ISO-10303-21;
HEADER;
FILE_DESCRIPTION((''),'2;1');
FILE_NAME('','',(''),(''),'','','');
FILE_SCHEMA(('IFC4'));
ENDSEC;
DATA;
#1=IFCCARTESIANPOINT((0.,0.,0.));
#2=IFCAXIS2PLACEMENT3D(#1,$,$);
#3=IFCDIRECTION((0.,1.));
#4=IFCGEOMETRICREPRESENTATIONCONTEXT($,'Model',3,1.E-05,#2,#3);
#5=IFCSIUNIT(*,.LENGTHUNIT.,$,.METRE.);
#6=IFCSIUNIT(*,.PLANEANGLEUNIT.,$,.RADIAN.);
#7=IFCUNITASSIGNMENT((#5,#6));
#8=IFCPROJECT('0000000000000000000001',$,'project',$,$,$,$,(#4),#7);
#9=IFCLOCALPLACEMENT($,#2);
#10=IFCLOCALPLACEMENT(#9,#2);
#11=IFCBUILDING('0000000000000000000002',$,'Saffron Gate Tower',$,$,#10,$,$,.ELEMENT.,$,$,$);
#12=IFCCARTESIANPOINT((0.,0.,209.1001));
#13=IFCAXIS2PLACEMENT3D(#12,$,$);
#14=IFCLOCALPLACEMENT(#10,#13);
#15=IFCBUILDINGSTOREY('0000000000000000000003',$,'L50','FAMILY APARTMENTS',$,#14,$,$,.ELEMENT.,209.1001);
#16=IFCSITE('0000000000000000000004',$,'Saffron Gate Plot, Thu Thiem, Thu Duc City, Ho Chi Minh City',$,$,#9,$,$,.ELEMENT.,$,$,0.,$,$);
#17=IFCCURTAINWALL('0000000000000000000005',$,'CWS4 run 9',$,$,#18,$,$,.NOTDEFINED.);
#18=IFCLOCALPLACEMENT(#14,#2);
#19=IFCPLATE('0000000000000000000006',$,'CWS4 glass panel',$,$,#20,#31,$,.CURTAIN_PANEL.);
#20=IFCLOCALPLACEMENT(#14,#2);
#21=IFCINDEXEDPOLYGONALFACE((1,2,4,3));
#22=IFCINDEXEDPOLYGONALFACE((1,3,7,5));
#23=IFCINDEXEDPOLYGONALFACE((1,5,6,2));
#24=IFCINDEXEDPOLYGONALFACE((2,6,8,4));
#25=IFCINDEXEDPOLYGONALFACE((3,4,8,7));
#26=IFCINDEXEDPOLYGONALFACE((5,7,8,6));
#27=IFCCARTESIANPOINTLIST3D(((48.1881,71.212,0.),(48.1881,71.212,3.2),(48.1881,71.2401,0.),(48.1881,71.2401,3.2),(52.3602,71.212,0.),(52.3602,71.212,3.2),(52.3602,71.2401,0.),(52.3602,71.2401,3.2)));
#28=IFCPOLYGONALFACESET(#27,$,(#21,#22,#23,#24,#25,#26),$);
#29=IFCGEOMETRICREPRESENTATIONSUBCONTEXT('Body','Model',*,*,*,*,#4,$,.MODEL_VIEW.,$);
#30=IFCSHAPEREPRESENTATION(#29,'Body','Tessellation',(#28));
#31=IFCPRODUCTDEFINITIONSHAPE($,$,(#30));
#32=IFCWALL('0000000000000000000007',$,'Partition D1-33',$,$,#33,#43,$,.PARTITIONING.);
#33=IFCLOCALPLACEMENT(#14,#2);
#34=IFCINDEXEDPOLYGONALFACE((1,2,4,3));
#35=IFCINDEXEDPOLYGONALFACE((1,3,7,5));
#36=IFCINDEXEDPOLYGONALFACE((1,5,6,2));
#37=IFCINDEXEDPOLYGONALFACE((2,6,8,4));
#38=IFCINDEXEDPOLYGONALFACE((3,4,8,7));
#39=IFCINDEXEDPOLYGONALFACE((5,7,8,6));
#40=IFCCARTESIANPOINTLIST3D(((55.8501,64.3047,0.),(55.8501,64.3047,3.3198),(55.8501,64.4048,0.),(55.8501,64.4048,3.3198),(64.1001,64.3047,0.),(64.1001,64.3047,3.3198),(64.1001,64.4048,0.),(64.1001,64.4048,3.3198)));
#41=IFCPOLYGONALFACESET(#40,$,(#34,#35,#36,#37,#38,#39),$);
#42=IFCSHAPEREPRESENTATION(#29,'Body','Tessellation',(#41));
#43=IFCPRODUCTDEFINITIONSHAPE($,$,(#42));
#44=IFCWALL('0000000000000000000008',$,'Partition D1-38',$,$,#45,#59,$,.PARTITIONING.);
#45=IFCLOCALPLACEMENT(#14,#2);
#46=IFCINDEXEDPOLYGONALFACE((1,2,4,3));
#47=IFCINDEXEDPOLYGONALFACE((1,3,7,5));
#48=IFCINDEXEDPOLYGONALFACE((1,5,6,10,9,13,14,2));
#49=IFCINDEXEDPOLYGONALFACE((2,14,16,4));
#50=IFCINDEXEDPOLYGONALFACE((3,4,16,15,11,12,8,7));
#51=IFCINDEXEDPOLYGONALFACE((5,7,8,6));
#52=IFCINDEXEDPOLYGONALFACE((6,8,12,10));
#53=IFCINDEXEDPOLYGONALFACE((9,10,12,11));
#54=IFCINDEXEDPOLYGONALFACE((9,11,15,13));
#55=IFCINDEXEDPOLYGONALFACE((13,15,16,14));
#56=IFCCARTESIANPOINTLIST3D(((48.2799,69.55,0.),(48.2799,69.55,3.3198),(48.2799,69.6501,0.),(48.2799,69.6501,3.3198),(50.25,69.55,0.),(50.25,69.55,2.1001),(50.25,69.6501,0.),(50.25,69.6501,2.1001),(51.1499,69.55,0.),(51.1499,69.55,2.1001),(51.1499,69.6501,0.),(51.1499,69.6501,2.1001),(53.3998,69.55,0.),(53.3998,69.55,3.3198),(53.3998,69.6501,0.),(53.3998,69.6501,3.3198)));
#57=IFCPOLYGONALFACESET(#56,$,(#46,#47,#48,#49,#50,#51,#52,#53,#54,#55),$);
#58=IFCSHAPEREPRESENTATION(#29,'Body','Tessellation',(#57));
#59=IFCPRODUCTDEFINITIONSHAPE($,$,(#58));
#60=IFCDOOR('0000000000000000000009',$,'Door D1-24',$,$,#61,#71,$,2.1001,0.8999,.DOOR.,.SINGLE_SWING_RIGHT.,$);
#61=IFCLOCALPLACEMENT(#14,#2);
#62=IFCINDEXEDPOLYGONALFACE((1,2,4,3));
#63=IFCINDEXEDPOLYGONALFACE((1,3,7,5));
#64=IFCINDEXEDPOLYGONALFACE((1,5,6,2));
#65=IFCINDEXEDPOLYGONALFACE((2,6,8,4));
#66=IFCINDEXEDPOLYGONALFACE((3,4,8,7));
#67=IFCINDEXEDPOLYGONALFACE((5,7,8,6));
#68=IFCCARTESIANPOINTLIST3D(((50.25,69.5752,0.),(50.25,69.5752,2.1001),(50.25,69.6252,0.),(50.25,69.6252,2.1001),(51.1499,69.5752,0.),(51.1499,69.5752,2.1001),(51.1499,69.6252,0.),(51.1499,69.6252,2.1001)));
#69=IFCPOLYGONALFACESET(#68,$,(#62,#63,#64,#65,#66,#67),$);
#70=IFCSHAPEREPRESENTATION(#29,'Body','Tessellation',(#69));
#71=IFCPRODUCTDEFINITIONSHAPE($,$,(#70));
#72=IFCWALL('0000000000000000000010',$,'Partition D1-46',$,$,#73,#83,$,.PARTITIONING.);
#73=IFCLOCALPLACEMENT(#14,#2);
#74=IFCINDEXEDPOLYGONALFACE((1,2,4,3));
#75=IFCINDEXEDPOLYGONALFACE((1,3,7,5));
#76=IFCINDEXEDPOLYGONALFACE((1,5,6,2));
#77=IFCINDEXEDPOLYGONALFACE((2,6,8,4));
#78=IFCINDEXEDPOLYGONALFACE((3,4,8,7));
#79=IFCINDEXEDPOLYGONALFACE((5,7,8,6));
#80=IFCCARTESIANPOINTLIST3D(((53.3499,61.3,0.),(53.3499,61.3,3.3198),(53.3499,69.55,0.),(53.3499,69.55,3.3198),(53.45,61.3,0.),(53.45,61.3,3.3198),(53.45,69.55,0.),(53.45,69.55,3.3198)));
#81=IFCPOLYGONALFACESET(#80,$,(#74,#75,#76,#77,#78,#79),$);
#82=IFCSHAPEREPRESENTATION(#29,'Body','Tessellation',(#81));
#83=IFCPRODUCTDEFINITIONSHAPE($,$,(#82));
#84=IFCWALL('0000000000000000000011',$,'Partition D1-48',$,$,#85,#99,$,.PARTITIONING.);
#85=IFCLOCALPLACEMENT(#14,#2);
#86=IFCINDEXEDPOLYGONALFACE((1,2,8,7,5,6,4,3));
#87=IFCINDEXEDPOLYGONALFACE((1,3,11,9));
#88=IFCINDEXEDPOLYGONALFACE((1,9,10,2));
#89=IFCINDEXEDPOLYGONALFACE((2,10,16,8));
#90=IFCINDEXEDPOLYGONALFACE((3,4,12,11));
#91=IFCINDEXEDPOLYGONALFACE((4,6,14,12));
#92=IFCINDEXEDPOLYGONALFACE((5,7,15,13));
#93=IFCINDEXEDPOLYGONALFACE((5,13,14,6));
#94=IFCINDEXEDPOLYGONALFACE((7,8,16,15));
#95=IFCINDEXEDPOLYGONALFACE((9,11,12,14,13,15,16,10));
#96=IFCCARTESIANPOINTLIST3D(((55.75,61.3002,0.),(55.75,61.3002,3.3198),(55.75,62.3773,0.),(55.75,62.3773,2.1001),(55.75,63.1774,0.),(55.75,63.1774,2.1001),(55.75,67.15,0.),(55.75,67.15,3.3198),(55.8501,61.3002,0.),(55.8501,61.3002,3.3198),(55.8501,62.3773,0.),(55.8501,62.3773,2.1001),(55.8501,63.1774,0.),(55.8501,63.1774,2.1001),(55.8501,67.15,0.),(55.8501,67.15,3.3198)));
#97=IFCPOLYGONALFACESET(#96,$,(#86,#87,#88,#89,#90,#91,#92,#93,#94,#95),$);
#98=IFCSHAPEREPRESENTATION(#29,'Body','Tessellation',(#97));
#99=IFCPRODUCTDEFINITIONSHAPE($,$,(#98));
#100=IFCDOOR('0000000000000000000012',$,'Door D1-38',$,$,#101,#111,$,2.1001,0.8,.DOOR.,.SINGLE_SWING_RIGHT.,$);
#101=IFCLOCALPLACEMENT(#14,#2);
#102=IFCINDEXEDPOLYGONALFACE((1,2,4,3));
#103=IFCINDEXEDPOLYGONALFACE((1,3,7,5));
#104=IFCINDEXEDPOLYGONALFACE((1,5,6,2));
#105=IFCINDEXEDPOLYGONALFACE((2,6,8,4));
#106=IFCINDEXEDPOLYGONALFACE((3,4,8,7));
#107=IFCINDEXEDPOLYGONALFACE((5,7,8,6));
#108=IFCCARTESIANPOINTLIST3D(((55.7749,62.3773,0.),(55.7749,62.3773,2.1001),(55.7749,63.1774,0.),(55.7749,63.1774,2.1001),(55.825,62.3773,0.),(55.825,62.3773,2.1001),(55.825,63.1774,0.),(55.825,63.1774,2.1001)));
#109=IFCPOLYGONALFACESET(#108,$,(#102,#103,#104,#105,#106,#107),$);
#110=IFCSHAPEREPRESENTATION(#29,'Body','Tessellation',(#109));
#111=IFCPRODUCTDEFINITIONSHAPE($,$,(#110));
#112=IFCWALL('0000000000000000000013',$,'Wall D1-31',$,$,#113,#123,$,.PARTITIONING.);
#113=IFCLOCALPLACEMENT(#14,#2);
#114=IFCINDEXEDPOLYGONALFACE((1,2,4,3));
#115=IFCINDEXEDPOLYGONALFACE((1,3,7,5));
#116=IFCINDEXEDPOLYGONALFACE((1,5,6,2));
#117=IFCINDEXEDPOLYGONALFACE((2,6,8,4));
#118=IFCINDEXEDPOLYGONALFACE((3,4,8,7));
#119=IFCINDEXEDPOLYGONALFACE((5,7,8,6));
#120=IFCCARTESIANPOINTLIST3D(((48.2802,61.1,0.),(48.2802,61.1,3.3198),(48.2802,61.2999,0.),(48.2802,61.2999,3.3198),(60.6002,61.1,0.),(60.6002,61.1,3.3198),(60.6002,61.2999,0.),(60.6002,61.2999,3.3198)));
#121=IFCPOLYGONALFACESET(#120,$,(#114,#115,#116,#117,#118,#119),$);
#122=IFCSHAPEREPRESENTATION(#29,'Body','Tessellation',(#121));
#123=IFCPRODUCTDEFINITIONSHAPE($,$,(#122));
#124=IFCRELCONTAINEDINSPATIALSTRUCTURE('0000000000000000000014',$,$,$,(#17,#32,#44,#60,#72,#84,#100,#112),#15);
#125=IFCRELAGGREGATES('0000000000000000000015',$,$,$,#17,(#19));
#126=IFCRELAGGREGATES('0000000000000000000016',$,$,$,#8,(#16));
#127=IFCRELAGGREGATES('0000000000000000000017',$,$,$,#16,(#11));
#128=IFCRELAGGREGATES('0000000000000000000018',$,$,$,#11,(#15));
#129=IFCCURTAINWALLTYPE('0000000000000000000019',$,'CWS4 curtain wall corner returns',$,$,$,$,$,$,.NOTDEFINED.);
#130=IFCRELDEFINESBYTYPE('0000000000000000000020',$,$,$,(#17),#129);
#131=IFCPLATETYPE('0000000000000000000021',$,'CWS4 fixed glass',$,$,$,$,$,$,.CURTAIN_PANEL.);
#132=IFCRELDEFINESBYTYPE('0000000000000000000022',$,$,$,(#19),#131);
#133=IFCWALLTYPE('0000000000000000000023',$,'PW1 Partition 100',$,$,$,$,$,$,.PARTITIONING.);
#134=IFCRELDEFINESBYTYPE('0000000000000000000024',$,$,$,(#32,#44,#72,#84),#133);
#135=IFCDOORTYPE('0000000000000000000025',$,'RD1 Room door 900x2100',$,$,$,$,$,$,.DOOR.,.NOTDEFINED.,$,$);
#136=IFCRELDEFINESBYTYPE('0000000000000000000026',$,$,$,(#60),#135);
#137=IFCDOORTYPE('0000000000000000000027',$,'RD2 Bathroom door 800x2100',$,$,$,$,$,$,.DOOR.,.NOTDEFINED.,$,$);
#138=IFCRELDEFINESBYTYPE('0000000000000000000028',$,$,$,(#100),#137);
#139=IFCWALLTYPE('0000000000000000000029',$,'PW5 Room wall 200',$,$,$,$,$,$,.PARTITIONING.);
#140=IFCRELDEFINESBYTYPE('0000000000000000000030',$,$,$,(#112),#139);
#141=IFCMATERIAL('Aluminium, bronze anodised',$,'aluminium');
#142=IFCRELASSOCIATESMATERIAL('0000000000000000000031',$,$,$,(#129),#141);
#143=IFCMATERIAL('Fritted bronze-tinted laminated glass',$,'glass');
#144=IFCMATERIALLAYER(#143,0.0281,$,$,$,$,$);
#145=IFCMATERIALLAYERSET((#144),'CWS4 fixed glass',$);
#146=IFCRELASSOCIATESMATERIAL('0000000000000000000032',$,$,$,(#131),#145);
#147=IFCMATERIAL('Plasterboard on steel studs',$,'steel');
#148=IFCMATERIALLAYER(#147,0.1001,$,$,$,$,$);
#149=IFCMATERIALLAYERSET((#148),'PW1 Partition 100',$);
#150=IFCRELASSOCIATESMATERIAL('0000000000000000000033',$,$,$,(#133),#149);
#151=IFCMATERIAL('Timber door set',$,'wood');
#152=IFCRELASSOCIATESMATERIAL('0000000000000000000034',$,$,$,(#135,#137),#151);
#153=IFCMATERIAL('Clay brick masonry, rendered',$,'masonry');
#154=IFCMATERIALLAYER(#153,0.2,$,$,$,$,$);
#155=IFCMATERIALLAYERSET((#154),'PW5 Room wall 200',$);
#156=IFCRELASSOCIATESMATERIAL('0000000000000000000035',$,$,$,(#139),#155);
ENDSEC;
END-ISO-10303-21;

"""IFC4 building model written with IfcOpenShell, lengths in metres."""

from ifc_helpers import new_model, si_unit, direction, frame, frame_2d, origin, place, context, subcontext, project, spatial, rectangle, extrude, material, layer, layer_set, type_object, element, fill, aggregate, save


model = new_model("IFC4")

# Units and contexts
model_context = context("Model", 3, precision=1e-05, world=origin(), true_north=direction((0.0, 1.0)))
body_context = subcontext(model_context, "Body", "Model", "MODEL_VIEW")
ifc_project = project(units=[si_unit("LENGTHUNIT", "METRE"), si_unit("PLANEANGLEUNIT", "RADIAN")], contexts=[model_context])

# Site, building, storey
site_placement = place(None, origin())
site = spatial("IfcSite", under=ifc_project, at=site_placement, Name="Saffron Gate Plot, Thu Thiem, Thu Duc City, Ho Chi Minh City", CompositionType="ELEMENT", RefElevation=0.0)
building_placement = place(site_placement, origin())
building = spatial("IfcBuilding", under=site, at=building_placement, Name="Saffron Gate Tower", CompositionType="ELEMENT")
storey_placement = place(building_placement, frame((0.0, 0.0, 209.1001)))
storey = spatial("IfcBuildingStorey", under=building, at=storey_placement, Name="L50", Description="FAMILY APARTMENTS", CompositionType="ELEMENT", Elevation=209.1001)

# Shared definitions
ifc_material_1 = material(Name="Aluminium, bronze anodised", Category="aluminium")

# Curtain wall
curtain_wall_type_1 = type_object("IfcCurtainWallType", Name="CWS4 curtain wall corner returns", PredefinedType="NOTDEFINED", material=ifc_material_1)
curtain_wall_1_placement = place(storey_placement, origin())
curtain_wall_1 = element("IfcCurtainWall", 1, at=curtain_wall_1_placement, inside=storey, type_object=curtain_wall_type_1, Name="CWS4 run 9", PredefinedType="NOTDEFINED")

# Shared definitions
ifc_material_2 = material(Name="Fritted bronze-tinted laminated glass", Category="glass")

# Plate
ifc_layer_1 = layer(ifc_material_2, 0.0281)
ifc_layer_set_1 = layer_set([ifc_layer_1], Name="CWS4 fixed glass")
plate_type_1 = type_object("IfcPlateType", Name="CWS4 fixed glass", PredefinedType="CURTAIN_PANEL", material=ifc_layer_set_1)
plate_1_placement = place(storey_placement, frame((52.3601, 71.2261, 0.0), z_axis=(0.0, 0.0, 1.0), x_axis=(-1.0, 0.0, 0.0)))
plate_1 = element("IfcPlate", 2, at=plate_1_placement, type_object=plate_type_1, Name="CWS4 glass panel", PredefinedType="CURTAIN_PANEL", context=body_context, shape_type="SweptSolid", body=[
    extrude(rectangle(XDim=4.1721, YDim=0.0281, at=frame_2d((2.0859, 0.0))), origin(), (0.0, 0.0, 1.0), 3.2),
])
aggregate(curtain_wall_1, [plate_1])

# Wall
ifc_material_3 = material(Name="Plasterboard on steel studs", Category="steel")
ifc_layer_2 = layer(ifc_material_3, 0.1001)
ifc_layer_set_2 = layer_set([ifc_layer_2], Name="PW1 Partition 100")
wall_type_1 = type_object("IfcWallType", Name="PW1 Partition 100", PredefinedType="PARTITIONING", material=ifc_layer_set_2)
wall_1_placement = place(storey_placement, frame((55.8501, 64.3547, 0.0), z_axis=(0.0, 0.0, 1.0), x_axis=(1.0, 0.0, 0.0)))
element("IfcWall", 3, at=wall_1_placement, inside=storey, type_object=wall_type_1, Name="Partition D1-33", PredefinedType="PARTITIONING", context=body_context, shape_type="SweptSolid", body=[
    extrude(rectangle(XDim=8.25, YDim=0.1001, at=frame_2d((4.125, 0.0))), origin(), (0.0, 0.0, 1.0), 3.3198),
])

# Wall, opening, door
wall_2_placement = place(storey_placement, frame((53.3999, 69.6001, 0.0), z_axis=(0.0, 0.0, 1.0), x_axis=(-1.0, 0.0, 0.0)))
wall_2 = element("IfcWall", 4, at=wall_2_placement, inside=storey, type_object=wall_type_1, Name="Partition D1-38", PredefinedType="PARTITIONING", context=body_context, shape_type="SweptSolid", body=[
    extrude(rectangle(XDim=5.1199, YDim=0.1001, at=frame_2d((2.5601, 0.0))), origin(), (0.0, 0.0, 1.0), 3.3198),
])
opening_1_placement = place(wall_2_placement, frame((2.25, 0.0, 0.0)))
opening_1 = element("IfcOpeningElement", 5, at=opening_1_placement, cuts=wall_2, PredefinedType="OPENING", context=body_context, shape_type="SweptSolid", body=[
    extrude(rectangle(XDim=0.8999, YDim=2.1001, at=frame_2d((0.45, 1.05))), frame((0.0, 0.0601, 0.0), z_axis=(0.0, -1.0, 0.0), x_axis=(1.0, 0.0, 0.0)), (0.0, 0.0, 1.0), 0.1201),
])
ifc_material_4 = material(Name="Timber door set", Category="wood")
door_type_1 = type_object("IfcDoorType", Name="RD1 Room door 900x2100", OperationType="NOTDEFINED", PredefinedType="DOOR", material=ifc_material_4)
door_1_placement = place(opening_1_placement, origin())
door_1 = element("IfcDoor", 6, at=door_1_placement, inside=storey, type_object=door_type_1, Name="Door D1-24", OperationType="SINGLE_SWING_RIGHT", OverallHeight=2.1001, OverallWidth=0.8999, PredefinedType="DOOR", context=body_context, shape_type="SweptSolid", body=[
    extrude(rectangle(XDim=0.8999, YDim=2.1001, at=frame_2d((0.45, 1.05))), frame((0.0, 0.0249, 0.0), z_axis=(0.0, -1.0, 0.0), x_axis=(1.0, 0.0, 0.0)), (0.0, 0.0, 1.0), 0.05),
])
fill(opening_1, door_1)

# Wall
wall_3_placement = place(storey_placement, frame((53.3999, 69.55, 0.0), z_axis=(0.0, 0.0, 1.0), x_axis=(0.0, -1.0, 0.0)))
element("IfcWall", 7, at=wall_3_placement, inside=storey, type_object=wall_type_1, Name="Partition D1-46", PredefinedType="PARTITIONING", context=body_context, shape_type="SweptSolid", body=[
    extrude(rectangle(XDim=8.25, YDim=0.1001, at=frame_2d((4.125, 0.0))), origin(), (0.0, 0.0, 1.0), 3.3198),
])

# Wall, opening, door
wall_4_placement = place(storey_placement, frame((55.8, 67.1499, 0.0), z_axis=(0.0, 0.0, 1.0), x_axis=(0.0, -1.0, 0.0)))
wall_4 = element("IfcWall", 8, at=wall_4_placement, inside=storey, type_object=wall_type_1, Name="Partition D1-48", PredefinedType="PARTITIONING", context=body_context, shape_type="SweptSolid", body=[
    extrude(rectangle(XDim=5.8499, YDim=0.1001, at=frame_2d((2.9248, 0.0))), origin(), (0.0, 0.0, 1.0), 3.3198),
])
opening_2_placement = place(wall_4_placement, frame((3.9727, 0.0, 0.0)))
opening_2 = element("IfcOpeningElement", 9, at=opening_2_placement, cuts=wall_4, PredefinedType="OPENING", context=body_context, shape_type="SweptSolid", body=[
    extrude(rectangle(XDim=0.8, YDim=2.1001, at=frame_2d((0.3999, 1.05))), frame((0.0, 0.0601, 0.0), z_axis=(0.0, -1.0, 0.0), x_axis=(1.0, 0.0, 0.0)), (0.0, 0.0, 1.0), 0.1201),
])
door_type_2 = type_object("IfcDoorType", Name="RD2 Bathroom door 800x2100", OperationType="NOTDEFINED", PredefinedType="DOOR", material=ifc_material_4)
door_2_placement = place(opening_2_placement, origin())
door_2 = element("IfcDoor", 10, at=door_2_placement, inside=storey, type_object=door_type_2, Name="Door D1-38", OperationType="SINGLE_SWING_RIGHT", OverallHeight=2.1001, OverallWidth=0.8, PredefinedType="DOOR", context=body_context, shape_type="SweptSolid", body=[
    extrude(rectangle(XDim=0.8, YDim=2.1001, at=frame_2d((0.3999, 1.05))), frame((0.0, 0.0249, 0.0), z_axis=(0.0, -1.0, 0.0), x_axis=(1.0, 0.0, 0.0)), (0.0, 0.0, 1.0), 0.05),
])
fill(opening_2, door_2)

# Wall
ifc_material_5 = material(Name="Clay brick masonry, rendered", Category="masonry")
ifc_layer_3 = layer(ifc_material_5, 0.2)
ifc_layer_set_3 = layer_set([ifc_layer_3], Name="PW5 Room wall 200")
wall_type_2 = type_object("IfcWallType", Name="PW5 Room wall 200", PredefinedType="PARTITIONING", material=ifc_layer_set_3)
wall_5_placement = place(storey_placement, frame((48.28, 61.2, 0.0), z_axis=(0.0, 0.0, 1.0), x_axis=(1.0, 0.0, 0.0)))
element("IfcWall", 11, at=wall_5_placement, inside=storey, type_object=wall_type_2, Name="Wall D1-31", PredefinedType="PARTITIONING", context=body_context, shape_type="SweptSolid", body=[
    extrude(rectangle(XDim=12.3201, YDim=0.2, at=frame_2d((6.1602, 0.0))), origin(), (0.0, 0.0, 1.0), 3.3198),
])

save(model, "model.ifc")
